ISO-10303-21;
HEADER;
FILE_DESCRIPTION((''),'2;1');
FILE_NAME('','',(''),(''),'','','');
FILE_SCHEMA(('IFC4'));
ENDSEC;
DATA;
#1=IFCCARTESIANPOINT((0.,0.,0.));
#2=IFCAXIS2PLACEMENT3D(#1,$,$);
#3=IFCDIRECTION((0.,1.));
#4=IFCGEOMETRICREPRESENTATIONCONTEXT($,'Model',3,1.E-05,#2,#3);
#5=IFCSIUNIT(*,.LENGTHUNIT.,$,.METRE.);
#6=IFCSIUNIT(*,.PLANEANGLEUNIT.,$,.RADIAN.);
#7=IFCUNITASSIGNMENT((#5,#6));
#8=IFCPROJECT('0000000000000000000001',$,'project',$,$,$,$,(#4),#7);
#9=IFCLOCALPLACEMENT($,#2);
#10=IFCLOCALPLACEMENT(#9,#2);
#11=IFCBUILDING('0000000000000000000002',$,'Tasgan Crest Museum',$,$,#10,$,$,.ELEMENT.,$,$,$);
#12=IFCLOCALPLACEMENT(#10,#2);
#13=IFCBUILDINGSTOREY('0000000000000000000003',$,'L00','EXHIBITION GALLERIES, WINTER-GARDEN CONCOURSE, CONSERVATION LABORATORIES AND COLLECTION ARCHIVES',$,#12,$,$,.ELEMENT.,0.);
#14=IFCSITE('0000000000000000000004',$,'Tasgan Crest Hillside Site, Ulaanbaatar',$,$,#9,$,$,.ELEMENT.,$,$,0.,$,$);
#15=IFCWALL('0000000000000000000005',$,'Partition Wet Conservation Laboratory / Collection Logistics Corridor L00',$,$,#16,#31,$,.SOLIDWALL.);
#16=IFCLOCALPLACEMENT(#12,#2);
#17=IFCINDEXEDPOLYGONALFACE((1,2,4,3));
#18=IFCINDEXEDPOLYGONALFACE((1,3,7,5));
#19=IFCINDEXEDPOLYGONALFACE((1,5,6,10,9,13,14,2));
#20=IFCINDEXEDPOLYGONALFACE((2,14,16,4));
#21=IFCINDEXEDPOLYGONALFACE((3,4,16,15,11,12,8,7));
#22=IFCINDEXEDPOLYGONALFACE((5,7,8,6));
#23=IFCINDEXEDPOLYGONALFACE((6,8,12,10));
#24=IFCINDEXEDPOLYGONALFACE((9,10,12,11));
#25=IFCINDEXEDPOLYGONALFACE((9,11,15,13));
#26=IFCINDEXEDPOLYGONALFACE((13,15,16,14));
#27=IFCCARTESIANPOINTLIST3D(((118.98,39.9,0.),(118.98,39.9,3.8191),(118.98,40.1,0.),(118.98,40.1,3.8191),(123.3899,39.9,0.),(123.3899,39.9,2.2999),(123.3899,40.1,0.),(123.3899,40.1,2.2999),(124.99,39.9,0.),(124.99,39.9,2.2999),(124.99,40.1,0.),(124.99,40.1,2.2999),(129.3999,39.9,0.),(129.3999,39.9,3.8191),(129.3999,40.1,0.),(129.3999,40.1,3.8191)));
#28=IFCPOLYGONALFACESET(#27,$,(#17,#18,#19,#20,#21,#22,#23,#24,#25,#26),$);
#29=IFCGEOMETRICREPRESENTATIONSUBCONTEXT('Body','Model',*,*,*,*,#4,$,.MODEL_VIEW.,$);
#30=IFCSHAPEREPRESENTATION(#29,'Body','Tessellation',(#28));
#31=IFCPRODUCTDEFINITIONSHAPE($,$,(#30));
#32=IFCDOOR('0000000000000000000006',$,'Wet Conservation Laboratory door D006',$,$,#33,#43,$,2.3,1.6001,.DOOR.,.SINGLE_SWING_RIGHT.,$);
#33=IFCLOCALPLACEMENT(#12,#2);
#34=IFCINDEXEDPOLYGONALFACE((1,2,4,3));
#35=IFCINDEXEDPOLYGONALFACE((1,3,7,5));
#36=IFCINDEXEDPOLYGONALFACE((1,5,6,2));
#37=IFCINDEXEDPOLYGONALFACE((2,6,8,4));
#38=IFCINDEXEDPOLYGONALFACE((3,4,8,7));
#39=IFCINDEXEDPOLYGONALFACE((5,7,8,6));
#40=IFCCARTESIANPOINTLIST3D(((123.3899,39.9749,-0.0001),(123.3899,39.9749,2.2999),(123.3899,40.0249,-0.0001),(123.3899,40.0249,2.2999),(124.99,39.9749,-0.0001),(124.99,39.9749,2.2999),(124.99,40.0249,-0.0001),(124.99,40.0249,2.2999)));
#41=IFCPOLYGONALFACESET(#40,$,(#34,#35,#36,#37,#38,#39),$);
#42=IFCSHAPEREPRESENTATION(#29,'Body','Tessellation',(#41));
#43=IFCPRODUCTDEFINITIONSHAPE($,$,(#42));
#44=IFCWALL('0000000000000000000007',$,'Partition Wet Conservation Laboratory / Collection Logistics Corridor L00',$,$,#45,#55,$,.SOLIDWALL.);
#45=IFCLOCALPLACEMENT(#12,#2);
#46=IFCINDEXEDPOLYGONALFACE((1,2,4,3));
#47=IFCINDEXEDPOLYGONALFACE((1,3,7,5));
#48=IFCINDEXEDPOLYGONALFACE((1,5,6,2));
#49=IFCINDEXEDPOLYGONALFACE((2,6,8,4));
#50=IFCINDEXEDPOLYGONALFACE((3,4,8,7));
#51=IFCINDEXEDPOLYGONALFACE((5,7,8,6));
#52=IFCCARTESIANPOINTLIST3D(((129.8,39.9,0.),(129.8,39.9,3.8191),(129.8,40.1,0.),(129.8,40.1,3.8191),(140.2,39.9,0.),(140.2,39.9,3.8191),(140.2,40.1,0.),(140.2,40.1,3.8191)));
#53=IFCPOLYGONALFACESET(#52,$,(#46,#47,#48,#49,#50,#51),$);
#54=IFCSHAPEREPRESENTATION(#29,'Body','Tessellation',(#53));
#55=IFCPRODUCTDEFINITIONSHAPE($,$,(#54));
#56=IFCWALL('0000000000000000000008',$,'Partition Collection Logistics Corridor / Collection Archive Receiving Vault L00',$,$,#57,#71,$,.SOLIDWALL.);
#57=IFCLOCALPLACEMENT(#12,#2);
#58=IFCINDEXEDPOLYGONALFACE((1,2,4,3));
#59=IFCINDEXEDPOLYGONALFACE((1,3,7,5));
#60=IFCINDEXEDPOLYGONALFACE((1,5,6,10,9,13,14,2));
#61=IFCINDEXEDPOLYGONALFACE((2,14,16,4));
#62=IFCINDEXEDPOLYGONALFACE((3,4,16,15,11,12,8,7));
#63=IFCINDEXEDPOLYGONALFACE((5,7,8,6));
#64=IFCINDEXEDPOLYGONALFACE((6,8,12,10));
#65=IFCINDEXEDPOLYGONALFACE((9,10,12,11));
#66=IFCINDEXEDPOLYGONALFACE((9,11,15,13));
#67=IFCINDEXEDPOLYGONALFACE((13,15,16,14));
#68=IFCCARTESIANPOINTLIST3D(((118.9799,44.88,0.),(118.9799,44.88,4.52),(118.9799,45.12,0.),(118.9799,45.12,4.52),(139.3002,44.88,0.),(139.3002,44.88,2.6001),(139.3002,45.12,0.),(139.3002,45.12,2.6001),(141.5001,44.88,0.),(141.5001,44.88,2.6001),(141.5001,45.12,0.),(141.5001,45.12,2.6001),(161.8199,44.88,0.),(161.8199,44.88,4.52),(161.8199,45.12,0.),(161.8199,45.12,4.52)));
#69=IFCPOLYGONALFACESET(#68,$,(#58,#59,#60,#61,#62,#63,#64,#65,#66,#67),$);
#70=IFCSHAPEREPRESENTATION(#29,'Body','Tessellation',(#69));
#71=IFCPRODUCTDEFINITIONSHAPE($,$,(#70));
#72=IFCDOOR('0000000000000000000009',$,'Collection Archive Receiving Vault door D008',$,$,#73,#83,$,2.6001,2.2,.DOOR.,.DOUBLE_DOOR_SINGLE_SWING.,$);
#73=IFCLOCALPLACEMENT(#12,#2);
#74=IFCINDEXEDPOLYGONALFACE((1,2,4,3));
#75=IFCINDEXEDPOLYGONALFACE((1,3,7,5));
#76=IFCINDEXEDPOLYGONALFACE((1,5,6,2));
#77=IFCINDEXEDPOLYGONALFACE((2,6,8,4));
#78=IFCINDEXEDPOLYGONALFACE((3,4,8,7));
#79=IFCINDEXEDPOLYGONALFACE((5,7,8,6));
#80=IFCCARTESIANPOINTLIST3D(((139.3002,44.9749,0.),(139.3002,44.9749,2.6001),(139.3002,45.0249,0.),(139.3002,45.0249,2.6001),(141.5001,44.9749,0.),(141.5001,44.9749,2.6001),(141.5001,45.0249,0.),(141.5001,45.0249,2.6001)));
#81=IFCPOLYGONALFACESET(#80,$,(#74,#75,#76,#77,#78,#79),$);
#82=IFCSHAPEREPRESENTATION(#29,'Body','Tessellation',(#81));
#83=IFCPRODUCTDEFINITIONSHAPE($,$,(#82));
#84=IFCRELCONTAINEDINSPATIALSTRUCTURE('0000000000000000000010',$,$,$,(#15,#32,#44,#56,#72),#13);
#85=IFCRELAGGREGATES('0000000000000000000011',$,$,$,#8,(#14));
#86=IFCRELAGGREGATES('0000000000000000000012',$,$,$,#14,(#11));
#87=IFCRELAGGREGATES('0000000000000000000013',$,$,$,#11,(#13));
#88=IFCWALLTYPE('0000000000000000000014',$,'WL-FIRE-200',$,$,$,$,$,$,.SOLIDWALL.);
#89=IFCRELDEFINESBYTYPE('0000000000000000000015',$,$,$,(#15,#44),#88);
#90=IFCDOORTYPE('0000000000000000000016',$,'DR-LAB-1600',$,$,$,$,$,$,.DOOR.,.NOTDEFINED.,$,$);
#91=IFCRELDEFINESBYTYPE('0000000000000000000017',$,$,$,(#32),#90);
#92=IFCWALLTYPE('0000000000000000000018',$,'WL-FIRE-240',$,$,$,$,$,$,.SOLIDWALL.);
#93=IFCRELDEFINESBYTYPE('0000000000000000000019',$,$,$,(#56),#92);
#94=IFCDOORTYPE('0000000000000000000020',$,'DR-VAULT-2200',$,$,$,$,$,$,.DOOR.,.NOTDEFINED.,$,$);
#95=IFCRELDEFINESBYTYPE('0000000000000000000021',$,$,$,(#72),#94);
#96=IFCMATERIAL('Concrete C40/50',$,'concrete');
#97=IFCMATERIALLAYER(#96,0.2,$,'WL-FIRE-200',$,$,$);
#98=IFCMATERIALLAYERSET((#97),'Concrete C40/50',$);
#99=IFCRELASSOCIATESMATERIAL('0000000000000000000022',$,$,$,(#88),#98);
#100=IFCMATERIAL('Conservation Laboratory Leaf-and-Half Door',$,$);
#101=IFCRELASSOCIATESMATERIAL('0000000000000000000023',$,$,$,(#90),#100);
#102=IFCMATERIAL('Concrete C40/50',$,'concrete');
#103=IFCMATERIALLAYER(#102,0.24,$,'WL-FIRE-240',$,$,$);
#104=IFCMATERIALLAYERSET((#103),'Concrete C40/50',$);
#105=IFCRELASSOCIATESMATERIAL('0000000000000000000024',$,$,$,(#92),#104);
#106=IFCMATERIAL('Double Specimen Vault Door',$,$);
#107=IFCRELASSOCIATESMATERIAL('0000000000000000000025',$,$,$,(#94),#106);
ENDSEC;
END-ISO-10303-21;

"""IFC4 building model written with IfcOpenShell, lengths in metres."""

from ifc_helpers import new_model, si_unit, direction, frame, frame_2d, origin, place, context, subcontext, project, spatial, rectangle, extrude, material, layer, layer_set, type_object, element, fill, save


model = new_model("IFC4")

# Units and contexts
model_context = context("Model", 3, precision=1e-05, world=origin(), true_north=direction((0.0, 1.0)))
body_context = subcontext(model_context, "Body", "Model", "MODEL_VIEW")
ifc_project = project(units=[si_unit("LENGTHUNIT", "METRE"), si_unit("PLANEANGLEUNIT", "RADIAN")], contexts=[model_context])

# Site, building, storey
site_placement = place(None, origin())
site = spatial("IfcSite", under=ifc_project, at=site_placement, Name="Tasgan Crest Hillside Site, Ulaanbaatar", CompositionType="ELEMENT", RefElevation=0.0)
building_placement = place(site_placement, origin())
building = spatial("IfcBuilding", under=site, at=building_placement, Name="Tasgan Crest Museum", CompositionType="ELEMENT")
storey_placement = place(building_placement, origin())
storey = spatial("IfcBuildingStorey", under=building, at=storey_placement, Name="L00", Description="EXHIBITION GALLERIES, WINTER-GARDEN CONCOURSE, CONSERVATION LABORATORIES AND COLLECTION ARCHIVES", CompositionType="ELEMENT", Elevation=0.0)

# Wall, opening, door
ifc_material_1 = material(Name="Concrete C40/50", Category="concrete")
ifc_layer_1 = layer(ifc_material_1, 0.2, Name="WL-FIRE-200")
ifc_layer_set_1 = layer_set([ifc_layer_1], Name="Concrete C40/50")
wall_type_1 = type_object("IfcWallType", Name="WL-FIRE-200", PredefinedType="SOLIDWALL", material=ifc_layer_set_1)
wall_1_placement = place(storey_placement, frame((118.98, 40.0, 0.0), z_axis=(0.0, 0.0, 1.0), x_axis=(1.0, 0.0, 0.0)))
wall_1 = element("IfcWall", 1, at=wall_1_placement, inside=storey, type_object=wall_type_1, Name="Partition Wet Conservation Laboratory / Collection Logistics Corridor L00", PredefinedType="SOLIDWALL", context=body_context, shape_type="SweptSolid", body=[
    extrude(rectangle(XDim=10.4199, YDim=0.2, at=frame_2d((5.21, 0.0))), origin(), (0.0, 0.0, 1.0), 3.8191),
])
opening_1_placement = place(wall_1_placement, frame((4.4099, 0.0, 0.0)))
opening_1 = element("IfcOpeningElement", 2, at=opening_1_placement, cuts=wall_1, PredefinedType="OPENING", context=body_context, shape_type="SweptSolid", body=[
    extrude(rectangle(XDim=1.6001, YDim=2.3, at=frame_2d((0.8, 1.1499))), frame((0.0, 0.1099, 0.0), z_axis=(0.0, -1.0, 0.0), x_axis=(1.0, 0.0, 0.0)), (0.0, 0.0, 1.0), 0.22),
])
ifc_material_2 = material(Name="Conservation Laboratory Leaf-and-Half Door")
door_type_1 = type_object("IfcDoorType", Name="DR-LAB-1600", OperationType="NOTDEFINED", PredefinedType="DOOR", material=ifc_material_2)
door_1_placement = place(opening_1_placement, origin())
door_1 = element("IfcDoor", 3, at=door_1_placement, inside=storey, type_object=door_type_1, Name="Wet Conservation Laboratory door D006", OperationType="SINGLE_SWING_RIGHT", OverallHeight=2.3, OverallWidth=1.6001, PredefinedType="DOOR", context=body_context, shape_type="SweptSolid", body=[
    extrude(rectangle(XDim=1.6001, YDim=2.3, at=frame_2d((0.8, 1.1499))), frame((0.0, 0.0249, 0.0), z_axis=(0.0, -1.0, 0.0), x_axis=(1.0, 0.0, 0.0)), (0.0, 0.0, 1.0), 0.05),
])
fill(opening_1, door_1)

# Wall
wall_2_placement = place(storey_placement, frame((129.8, 40.0, 0.0), z_axis=(0.0, 0.0, 1.0), x_axis=(1.0, 0.0, 0.0)))
element("IfcWall", 4, at=wall_2_placement, inside=storey, type_object=wall_type_1, Name="Partition Wet Conservation Laboratory / Collection Logistics Corridor L00", PredefinedType="SOLIDWALL", context=body_context, shape_type="SweptSolid", body=[
    extrude(rectangle(XDim=10.3999, YDim=0.2, at=frame_2d((5.2, 0.0))), origin(), (0.0, 0.0, 1.0), 3.8191),
])

# Wall, opening, door
ifc_material_3 = material(Name="Concrete C40/50", Category="concrete")
ifc_layer_2 = layer(ifc_material_3, 0.24, Name="WL-FIRE-240")
ifc_layer_set_2 = layer_set([ifc_layer_2], Name="Concrete C40/50")
wall_type_2 = type_object("IfcWallType", Name="WL-FIRE-240", PredefinedType="SOLIDWALL", material=ifc_layer_set_2)
wall_3_placement = place(storey_placement, frame((118.98, 45.0, 0.0), z_axis=(0.0, 0.0, 1.0), x_axis=(1.0, 0.0, 0.0)))
wall_3 = element("IfcWall", 5, at=wall_3_placement, inside=storey, type_object=wall_type_2, Name="Partition Collection Logistics Corridor / Collection Archive Receiving Vault L00", PredefinedType="SOLIDWALL", context=body_context, shape_type="SweptSolid", body=[
    extrude(rectangle(XDim=42.8401, YDim=0.24, at=frame_2d((21.4199, 0.0))), origin(), (0.0, 0.0, 1.0), 4.52),
])
opening_2_placement = place(wall_3_placement, frame((20.3201, 0.0, 0.0)))
opening_2 = element("IfcOpeningElement", 6, at=opening_2_placement, cuts=wall_3, PredefinedType="OPENING", context=body_context, shape_type="SweptSolid", body=[
    extrude(rectangle(XDim=2.2, YDim=2.6001, at=frame_2d((1.1001, 1.3))), frame((0.0, 0.1299, 0.0), z_axis=(0.0, -1.0, 0.0), x_axis=(1.0, 0.0, 0.0)), (0.0, 0.0, 1.0), 0.26),
])
ifc_material_4 = material(Name="Double Specimen Vault Door")
door_type_2 = type_object("IfcDoorType", Name="DR-VAULT-2200", OperationType="NOTDEFINED", PredefinedType="DOOR", material=ifc_material_4)
door_2_placement = place(opening_2_placement, origin())
door_2 = element("IfcDoor", 7, at=door_2_placement, inside=storey, type_object=door_type_2, Name="Collection Archive Receiving Vault door D008", OperationType="DOUBLE_DOOR_SINGLE_SWING", OverallHeight=2.6001, OverallWidth=2.2, PredefinedType="DOOR", context=body_context, shape_type="SweptSolid", body=[
    extrude(rectangle(XDim=2.2, YDim=2.6001, at=frame_2d((1.1001, 1.3))), frame((0.0, 0.0249, 0.0), z_axis=(0.0, -1.0, 0.0), x_axis=(1.0, 0.0, 0.0)), (0.0, 0.0, 1.0), 0.05),
])
fill(opening_2, door_2)

save(model, "model.ifc")
